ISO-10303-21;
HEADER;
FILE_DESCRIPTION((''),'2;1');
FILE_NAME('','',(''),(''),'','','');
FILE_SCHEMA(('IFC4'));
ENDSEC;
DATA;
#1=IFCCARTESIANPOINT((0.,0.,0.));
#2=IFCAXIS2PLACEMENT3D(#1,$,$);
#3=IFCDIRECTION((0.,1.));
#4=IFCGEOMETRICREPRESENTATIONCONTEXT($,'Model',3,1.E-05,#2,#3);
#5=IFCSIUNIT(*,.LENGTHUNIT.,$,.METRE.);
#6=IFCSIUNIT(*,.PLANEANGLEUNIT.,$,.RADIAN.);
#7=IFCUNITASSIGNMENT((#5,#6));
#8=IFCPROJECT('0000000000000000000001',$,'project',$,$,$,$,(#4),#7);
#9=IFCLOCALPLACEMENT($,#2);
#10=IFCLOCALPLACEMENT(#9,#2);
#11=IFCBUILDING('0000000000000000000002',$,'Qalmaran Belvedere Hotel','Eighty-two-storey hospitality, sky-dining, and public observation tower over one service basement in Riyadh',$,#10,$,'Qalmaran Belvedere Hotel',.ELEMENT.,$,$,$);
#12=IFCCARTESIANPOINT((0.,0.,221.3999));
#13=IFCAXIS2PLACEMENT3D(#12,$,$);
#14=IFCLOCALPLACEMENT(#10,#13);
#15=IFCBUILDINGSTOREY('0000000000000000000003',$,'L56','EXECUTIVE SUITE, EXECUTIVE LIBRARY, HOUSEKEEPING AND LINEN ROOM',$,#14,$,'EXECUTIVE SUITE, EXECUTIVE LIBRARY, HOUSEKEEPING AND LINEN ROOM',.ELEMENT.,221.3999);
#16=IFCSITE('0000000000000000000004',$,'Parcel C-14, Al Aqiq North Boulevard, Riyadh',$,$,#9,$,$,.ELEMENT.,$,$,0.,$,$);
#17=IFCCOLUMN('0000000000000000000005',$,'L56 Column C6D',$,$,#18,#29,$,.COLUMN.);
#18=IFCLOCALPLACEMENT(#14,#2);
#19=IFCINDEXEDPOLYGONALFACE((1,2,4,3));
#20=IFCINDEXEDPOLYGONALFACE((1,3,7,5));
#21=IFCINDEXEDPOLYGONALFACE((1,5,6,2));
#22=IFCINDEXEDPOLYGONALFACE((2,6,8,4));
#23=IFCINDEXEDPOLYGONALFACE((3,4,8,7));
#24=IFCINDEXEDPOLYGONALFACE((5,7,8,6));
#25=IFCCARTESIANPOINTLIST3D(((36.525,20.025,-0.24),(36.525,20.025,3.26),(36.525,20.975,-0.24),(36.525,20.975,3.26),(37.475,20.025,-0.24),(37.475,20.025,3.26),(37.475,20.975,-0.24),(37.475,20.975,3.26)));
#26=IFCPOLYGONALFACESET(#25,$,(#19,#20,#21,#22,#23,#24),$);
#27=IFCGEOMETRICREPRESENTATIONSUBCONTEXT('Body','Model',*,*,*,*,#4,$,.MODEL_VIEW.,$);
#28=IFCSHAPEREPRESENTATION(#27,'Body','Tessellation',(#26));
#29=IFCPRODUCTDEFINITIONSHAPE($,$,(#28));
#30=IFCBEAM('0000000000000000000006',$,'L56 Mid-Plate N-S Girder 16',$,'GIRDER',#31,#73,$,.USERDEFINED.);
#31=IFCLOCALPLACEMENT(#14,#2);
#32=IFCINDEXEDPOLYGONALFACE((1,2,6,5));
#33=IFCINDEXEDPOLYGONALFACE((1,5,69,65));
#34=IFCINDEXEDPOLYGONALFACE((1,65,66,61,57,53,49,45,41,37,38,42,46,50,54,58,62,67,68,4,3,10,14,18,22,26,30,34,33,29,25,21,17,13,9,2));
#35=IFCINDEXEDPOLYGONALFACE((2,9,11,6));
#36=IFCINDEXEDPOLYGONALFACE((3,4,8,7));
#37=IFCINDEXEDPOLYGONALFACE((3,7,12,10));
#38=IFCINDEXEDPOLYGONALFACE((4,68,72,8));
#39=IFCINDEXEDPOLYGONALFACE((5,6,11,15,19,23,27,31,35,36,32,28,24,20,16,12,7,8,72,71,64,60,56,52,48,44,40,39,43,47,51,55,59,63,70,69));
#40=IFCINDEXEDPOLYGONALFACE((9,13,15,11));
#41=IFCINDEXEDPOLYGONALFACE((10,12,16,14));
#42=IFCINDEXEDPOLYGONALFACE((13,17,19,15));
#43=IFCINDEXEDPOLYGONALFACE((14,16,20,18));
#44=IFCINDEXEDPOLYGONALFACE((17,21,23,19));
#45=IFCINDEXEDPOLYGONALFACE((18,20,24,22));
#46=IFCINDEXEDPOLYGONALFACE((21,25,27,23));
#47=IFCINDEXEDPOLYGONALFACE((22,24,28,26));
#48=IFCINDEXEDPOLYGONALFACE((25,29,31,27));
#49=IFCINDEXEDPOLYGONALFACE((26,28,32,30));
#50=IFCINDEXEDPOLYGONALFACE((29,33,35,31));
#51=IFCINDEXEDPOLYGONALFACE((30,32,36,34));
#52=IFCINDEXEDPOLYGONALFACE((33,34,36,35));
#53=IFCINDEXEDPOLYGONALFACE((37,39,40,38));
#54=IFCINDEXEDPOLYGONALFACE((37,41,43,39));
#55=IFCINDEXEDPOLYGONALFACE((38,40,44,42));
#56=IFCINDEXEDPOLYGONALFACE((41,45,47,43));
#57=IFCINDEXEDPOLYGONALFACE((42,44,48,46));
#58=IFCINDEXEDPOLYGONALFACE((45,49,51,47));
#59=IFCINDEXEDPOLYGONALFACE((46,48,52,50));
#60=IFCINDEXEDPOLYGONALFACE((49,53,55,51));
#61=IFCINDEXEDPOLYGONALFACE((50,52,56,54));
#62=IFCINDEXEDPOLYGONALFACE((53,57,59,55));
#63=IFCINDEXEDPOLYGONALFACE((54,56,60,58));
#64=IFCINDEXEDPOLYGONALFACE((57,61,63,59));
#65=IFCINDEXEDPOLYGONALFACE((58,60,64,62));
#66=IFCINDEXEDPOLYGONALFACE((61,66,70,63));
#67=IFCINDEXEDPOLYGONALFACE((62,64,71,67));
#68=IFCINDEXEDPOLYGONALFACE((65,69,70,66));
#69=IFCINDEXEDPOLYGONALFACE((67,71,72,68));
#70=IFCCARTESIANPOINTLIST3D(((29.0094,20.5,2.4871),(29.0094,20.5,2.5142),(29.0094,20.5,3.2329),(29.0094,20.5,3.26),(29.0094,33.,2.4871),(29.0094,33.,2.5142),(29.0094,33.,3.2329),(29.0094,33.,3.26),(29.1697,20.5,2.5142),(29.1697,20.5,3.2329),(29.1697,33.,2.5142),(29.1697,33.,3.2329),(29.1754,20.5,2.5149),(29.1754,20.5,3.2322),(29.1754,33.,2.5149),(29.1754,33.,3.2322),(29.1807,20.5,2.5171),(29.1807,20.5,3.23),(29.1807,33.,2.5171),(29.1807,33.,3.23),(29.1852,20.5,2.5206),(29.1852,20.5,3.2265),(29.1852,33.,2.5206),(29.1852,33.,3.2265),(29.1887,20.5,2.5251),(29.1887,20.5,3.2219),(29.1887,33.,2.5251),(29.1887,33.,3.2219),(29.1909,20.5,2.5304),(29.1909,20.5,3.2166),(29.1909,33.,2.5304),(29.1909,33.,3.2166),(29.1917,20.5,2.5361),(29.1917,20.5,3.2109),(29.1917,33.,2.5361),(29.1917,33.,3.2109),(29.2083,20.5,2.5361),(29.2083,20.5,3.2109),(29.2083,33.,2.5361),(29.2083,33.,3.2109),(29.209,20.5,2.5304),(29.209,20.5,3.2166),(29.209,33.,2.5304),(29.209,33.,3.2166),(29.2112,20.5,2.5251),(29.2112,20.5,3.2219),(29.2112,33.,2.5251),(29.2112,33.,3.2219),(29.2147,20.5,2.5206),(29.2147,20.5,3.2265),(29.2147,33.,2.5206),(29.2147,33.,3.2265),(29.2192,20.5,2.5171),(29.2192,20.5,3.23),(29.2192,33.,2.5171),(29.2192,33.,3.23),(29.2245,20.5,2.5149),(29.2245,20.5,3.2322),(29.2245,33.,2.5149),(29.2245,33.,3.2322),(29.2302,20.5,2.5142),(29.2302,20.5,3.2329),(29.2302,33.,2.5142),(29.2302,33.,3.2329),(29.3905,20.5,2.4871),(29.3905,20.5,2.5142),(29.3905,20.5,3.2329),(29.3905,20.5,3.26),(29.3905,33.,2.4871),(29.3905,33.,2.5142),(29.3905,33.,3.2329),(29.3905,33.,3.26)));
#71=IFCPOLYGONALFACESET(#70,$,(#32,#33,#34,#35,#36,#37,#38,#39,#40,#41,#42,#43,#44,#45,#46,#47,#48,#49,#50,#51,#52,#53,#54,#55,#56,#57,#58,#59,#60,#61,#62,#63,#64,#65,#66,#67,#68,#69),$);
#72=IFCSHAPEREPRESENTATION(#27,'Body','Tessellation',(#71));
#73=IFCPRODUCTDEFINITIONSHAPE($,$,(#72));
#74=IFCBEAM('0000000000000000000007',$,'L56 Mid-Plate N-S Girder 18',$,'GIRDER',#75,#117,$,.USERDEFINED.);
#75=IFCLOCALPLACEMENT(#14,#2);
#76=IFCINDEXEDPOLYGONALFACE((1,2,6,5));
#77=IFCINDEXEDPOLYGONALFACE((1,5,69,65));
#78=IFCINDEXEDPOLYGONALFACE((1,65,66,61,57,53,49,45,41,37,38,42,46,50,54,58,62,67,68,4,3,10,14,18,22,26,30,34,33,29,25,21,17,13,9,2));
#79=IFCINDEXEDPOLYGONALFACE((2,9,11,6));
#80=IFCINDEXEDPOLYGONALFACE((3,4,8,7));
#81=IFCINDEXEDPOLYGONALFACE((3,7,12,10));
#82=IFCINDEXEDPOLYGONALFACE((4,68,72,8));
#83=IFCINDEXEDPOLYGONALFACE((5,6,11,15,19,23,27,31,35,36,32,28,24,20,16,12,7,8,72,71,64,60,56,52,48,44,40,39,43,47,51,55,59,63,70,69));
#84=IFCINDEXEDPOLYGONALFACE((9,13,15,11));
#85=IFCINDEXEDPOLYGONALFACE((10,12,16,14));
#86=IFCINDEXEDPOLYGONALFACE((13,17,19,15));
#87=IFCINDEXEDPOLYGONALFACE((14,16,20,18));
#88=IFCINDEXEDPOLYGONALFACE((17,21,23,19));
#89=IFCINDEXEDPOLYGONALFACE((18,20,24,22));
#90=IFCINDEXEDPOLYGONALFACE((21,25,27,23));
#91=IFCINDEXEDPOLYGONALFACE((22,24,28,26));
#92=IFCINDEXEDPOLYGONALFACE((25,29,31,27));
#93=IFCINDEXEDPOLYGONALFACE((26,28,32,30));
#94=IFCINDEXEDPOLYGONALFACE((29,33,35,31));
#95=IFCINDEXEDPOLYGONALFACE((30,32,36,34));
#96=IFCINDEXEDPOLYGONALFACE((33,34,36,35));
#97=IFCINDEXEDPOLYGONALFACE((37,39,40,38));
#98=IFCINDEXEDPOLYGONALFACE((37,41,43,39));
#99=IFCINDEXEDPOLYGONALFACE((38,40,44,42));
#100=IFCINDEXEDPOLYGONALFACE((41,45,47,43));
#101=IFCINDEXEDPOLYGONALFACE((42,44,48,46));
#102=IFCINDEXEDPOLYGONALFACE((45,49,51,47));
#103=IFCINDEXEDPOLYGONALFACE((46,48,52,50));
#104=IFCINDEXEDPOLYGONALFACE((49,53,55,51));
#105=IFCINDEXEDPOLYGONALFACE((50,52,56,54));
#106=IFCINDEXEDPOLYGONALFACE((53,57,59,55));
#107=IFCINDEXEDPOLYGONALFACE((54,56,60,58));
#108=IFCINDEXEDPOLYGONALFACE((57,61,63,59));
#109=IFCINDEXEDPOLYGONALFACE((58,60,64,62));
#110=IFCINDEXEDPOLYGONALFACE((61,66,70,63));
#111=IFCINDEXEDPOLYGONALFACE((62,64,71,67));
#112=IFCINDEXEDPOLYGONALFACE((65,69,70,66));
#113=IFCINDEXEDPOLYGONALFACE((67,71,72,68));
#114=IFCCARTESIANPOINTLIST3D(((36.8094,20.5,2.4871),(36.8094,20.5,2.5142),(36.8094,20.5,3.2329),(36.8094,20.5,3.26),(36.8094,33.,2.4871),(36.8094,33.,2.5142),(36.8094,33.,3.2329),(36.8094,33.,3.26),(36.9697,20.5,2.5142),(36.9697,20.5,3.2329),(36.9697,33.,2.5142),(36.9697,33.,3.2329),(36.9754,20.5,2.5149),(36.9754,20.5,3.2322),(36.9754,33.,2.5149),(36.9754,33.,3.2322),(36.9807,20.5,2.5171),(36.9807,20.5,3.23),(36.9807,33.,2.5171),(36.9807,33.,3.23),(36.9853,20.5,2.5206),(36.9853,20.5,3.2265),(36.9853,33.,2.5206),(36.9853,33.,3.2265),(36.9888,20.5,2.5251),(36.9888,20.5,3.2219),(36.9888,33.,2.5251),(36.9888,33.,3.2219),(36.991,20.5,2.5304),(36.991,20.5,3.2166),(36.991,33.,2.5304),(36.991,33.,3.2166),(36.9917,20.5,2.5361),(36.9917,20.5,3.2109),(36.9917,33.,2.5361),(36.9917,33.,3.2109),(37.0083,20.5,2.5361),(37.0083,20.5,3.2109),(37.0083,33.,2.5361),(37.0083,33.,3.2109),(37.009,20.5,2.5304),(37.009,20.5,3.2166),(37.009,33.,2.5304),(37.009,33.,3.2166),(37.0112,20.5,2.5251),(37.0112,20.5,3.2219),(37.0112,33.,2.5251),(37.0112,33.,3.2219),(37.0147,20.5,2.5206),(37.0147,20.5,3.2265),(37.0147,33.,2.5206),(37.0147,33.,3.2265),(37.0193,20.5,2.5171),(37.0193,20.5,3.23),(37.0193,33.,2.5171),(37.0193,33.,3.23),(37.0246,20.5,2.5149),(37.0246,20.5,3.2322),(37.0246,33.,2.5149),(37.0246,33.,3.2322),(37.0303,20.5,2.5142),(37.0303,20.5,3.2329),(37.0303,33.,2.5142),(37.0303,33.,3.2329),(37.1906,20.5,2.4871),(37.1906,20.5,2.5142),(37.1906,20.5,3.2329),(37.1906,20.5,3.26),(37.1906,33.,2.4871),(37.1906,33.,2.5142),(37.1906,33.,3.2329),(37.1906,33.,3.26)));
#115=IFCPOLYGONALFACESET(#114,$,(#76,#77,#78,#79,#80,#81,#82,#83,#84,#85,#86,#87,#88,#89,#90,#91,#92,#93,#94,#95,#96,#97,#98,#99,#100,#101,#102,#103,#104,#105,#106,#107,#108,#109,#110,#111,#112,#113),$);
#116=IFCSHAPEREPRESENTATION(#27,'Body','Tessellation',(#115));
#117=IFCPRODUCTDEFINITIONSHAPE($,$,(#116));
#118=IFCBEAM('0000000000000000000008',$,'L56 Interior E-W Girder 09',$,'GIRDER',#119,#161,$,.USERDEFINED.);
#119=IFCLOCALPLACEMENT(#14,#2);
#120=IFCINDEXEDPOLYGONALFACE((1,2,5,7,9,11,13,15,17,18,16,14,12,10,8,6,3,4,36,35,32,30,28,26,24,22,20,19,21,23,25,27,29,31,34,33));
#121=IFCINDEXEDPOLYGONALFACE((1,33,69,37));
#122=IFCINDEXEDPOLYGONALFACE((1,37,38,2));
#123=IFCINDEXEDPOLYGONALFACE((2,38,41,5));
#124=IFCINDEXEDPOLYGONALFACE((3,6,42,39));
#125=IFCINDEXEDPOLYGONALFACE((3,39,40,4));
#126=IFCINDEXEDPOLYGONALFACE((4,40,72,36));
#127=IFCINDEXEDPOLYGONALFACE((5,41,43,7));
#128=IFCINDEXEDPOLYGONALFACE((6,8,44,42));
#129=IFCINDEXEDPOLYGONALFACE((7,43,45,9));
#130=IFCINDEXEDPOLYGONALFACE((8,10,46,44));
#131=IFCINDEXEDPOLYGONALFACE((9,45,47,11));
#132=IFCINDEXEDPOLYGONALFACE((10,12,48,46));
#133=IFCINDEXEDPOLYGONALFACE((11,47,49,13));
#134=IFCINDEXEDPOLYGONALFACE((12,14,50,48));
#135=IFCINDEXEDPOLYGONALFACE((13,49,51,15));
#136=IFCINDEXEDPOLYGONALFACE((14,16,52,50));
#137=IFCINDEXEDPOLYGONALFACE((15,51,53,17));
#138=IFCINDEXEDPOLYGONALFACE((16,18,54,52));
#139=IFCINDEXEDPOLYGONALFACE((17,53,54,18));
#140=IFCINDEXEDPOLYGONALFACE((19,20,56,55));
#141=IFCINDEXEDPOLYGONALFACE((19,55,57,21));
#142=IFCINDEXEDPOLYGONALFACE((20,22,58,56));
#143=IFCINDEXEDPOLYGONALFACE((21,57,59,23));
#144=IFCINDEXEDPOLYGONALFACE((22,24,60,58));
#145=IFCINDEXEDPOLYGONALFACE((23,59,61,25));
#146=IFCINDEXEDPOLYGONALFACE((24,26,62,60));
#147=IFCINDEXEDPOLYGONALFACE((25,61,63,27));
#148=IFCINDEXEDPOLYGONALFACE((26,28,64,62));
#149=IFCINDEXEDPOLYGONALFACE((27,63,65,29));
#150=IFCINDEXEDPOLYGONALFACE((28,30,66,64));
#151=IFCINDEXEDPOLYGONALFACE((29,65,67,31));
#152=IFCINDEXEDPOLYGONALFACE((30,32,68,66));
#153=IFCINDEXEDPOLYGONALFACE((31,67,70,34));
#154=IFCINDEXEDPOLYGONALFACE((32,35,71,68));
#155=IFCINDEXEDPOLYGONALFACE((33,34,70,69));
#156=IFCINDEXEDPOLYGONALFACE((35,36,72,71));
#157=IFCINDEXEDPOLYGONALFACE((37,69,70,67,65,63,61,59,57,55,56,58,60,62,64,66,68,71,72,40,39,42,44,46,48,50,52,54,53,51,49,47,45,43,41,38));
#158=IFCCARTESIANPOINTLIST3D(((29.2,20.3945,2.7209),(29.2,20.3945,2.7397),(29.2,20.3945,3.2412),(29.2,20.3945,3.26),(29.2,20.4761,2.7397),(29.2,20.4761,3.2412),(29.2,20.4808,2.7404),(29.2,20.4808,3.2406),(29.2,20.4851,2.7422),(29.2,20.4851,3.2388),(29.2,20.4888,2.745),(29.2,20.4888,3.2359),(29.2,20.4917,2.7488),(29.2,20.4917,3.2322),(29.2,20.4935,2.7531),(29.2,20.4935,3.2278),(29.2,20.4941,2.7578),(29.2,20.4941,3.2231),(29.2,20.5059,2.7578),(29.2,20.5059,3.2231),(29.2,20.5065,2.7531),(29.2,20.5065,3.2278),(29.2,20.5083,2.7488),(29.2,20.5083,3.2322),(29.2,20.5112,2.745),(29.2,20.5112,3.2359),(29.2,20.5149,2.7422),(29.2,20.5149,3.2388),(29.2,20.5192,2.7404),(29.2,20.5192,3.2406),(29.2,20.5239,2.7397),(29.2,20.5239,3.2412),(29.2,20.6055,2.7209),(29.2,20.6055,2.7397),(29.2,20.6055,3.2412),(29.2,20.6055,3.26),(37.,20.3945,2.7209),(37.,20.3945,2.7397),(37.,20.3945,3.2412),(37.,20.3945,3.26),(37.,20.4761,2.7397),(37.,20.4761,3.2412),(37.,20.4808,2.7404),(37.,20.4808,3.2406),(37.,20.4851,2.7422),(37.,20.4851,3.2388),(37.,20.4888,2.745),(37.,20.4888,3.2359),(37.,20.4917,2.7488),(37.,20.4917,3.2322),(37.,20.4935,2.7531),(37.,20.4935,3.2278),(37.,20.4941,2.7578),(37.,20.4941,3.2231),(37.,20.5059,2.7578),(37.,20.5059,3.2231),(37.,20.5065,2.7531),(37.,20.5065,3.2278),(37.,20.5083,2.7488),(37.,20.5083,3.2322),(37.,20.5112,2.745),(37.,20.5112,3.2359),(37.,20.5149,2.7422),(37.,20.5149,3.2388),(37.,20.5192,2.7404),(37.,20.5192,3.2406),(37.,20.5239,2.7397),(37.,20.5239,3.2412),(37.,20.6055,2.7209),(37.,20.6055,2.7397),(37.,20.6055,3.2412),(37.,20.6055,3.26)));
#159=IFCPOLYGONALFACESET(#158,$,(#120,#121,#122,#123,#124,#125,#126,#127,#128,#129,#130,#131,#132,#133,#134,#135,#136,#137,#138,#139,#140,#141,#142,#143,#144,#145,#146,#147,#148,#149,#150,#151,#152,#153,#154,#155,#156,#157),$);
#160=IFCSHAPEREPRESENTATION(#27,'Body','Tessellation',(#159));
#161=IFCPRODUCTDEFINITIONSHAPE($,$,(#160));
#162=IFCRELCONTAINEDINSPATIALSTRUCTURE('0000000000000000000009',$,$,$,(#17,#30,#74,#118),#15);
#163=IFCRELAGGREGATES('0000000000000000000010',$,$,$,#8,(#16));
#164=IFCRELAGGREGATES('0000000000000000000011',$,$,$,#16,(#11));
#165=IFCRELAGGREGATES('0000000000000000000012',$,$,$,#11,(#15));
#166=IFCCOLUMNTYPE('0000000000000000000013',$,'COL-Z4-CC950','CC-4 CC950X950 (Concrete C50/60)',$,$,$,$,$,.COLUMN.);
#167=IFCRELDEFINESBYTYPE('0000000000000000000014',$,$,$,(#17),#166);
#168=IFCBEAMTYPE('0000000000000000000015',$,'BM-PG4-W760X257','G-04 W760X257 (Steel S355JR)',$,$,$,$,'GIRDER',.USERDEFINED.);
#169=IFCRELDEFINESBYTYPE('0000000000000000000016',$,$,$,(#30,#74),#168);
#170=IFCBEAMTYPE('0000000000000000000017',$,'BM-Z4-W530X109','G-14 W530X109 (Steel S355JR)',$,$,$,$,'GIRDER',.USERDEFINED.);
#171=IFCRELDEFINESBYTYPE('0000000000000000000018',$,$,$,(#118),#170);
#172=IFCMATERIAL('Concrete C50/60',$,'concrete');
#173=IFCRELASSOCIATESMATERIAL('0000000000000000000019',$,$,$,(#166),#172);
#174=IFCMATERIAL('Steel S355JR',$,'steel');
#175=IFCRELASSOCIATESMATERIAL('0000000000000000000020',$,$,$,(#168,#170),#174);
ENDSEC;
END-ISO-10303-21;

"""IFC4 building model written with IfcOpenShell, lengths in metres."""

from ifc_helpers import new_model, si_unit, direction, frame, origin, origin_2d, place, context, subcontext, project, spatial, rectangle, i_section, extrude, material, material_profile, profile_set, type_object, element, save


model = new_model("IFC4")

# Units and contexts
model_context = context("Model", 3, precision=1e-05, world=origin(), true_north=direction((0.0, 1.0)))
body_context = subcontext(model_context, "Body", "Model", "MODEL_VIEW")
ifc_project = project(units=[si_unit("LENGTHUNIT", "METRE"), si_unit("PLANEANGLEUNIT", "RADIAN")], contexts=[model_context])

# Site, building, storey
site_placement = place(None, origin())
site = spatial("IfcSite", under=ifc_project, at=site_placement, Name="Parcel C-14, Al Aqiq North Boulevard, Riyadh", CompositionType="ELEMENT", RefElevation=0.0)
building_placement = place(site_placement, origin())
building = spatial("IfcBuilding", under=site, at=building_placement, Name="Qalmaran Belvedere Hotel", Description="Eighty-two-storey hospitality, sky-dining, and public observation tower over one service basement in Riyadh", LongName="Qalmaran Belvedere Hotel", CompositionType="ELEMENT")
storey_placement = place(building_placement, frame((0.0, 0.0, 221.3999)))
storey = spatial("IfcBuildingStorey", under=building, at=storey_placement, Name="L56", Description="EXECUTIVE SUITE, EXECUTIVE LIBRARY, HOUSEKEEPING AND LINEN ROOM", LongName="EXECUTIVE SUITE, EXECUTIVE LIBRARY, HOUSEKEEPING AND LINEN ROOM", CompositionType="ELEMENT", Elevation=221.3999)

# Column
ifc_material_1 = material(Name="Concrete C50/60", Category="concrete")
ifc_material_profile_1 = material_profile(ifc_material_1, rectangle(XDim=0.95, YDim=0.95, at=origin_2d()), Name="CC950X950")
ifc_profile_set_1 = profile_set([ifc_material_profile_1], Name="Concrete C50/60")
column_type = type_object("IfcColumnType", Name="COL-Z4-CC950", Description="CC-4 CC950X950 (Concrete C50/60)", PredefinedType="COLUMN", material=ifc_profile_set_1)
column_placement = place(storey_placement, frame((37.0, 20.5, -0.24), z_axis=(0.0, 0.0, 1.0), x_axis=(1.0, 0.0, 0.0)))
element("IfcColumn", 1, at=column_placement, inside=storey, type_object=column_type, Name="L56 Column C6D", PredefinedType="COLUMN", context=body_context, shape_type="SweptSolid", body=[
    extrude(rectangle(XDim=0.95, YDim=0.95, at=origin_2d()), origin(), (0.0, 0.0, 1.0), 3.5),
])

# Beams
ifc_material_2 = material(Name="Steel S355JR", Category="steel")
ifc_material_profile_2 = material_profile(ifc_material_2, i_section(OverallWidth=0.3811, OverallDepth=0.7729, WebThickness=0.0166, FlangeThickness=0.0271, FilletRadius=0.022, at=origin_2d()), Name="W760X257")
ifc_profile_set_2 = profile_set([ifc_material_profile_2], Name="Steel S355JR")
beam_type_1 = type_object("IfcBeamType", Name="BM-PG4-W760X257", Description="G-04 W760X257 (Steel S355JR)", ElementType="GIRDER", PredefinedType="USERDEFINED", material=ifc_profile_set_2)
for number, where, z_axis, x_axis, name in (
    (2, (29.2, 20.5, 2.8735), (0.0, 1.0, 0.0), (-1.0, 0.0, 0.0), "L56 Mid-Plate N-S Girder 16"),
    (3, (37.0, 20.5, 2.8735), (0.0, 1.0, 0.0), (-1.0, 0.0, 0.0), "L56 Mid-Plate N-S Girder 18"),
):
    element("IfcBeam", number, at=place(storey_placement, frame(where, z_axis=z_axis, x_axis=x_axis)), inside=storey, type_object=beam_type_1, Name=name, ObjectType="GIRDER", PredefinedType="USERDEFINED", context=body_context, shape_type="SweptSolid", body=[
        extrude(i_section(OverallWidth=0.3811, OverallDepth=0.7729, WebThickness=0.0166, FlangeThickness=0.0271, FilletRadius=0.022, at=origin_2d()), origin(), (0.0, 0.0, 1.0), 12.5),
    ])
ifc_material_profile_3 = material_profile(ifc_material_2, i_section(OverallWidth=0.2109, OverallDepth=0.5391, WebThickness=0.0117, FlangeThickness=0.0188, FilletRadius=0.0181, at=origin_2d()), Name="W530X109")
ifc_profile_set_3 = profile_set([ifc_material_profile_3], Name="Steel S355JR")
beam_type_2 = type_object("IfcBeamType", Name="BM-Z4-W530X109", Description="G-14 W530X109 (Steel S355JR)", ElementType="GIRDER", PredefinedType="USERDEFINED", material=ifc_profile_set_3)
for number, where, z_axis, x_axis, name in (
    (4, (29.2, 20.5, 2.9905), (1.0, 0.0, 0.0), (0.0, 1.0, 0.0), "L56 Interior E-W Girder 09"),
):
    element("IfcBeam", number, at=place(storey_placement, frame(where, z_axis=z_axis, x_axis=x_axis)), inside=storey, type_object=beam_type_2, Name=name, ObjectType="GIRDER", PredefinedType="USERDEFINED", context=body_context, shape_type="SweptSolid", body=[
        extrude(i_section(OverallWidth=0.2109, OverallDepth=0.5391, WebThickness=0.0117, FlangeThickness=0.0188, FilletRadius=0.0181, at=origin_2d()), origin(), (0.0, 0.0, 1.0), 7.8),
    ])

save(model, "model.ifc")
